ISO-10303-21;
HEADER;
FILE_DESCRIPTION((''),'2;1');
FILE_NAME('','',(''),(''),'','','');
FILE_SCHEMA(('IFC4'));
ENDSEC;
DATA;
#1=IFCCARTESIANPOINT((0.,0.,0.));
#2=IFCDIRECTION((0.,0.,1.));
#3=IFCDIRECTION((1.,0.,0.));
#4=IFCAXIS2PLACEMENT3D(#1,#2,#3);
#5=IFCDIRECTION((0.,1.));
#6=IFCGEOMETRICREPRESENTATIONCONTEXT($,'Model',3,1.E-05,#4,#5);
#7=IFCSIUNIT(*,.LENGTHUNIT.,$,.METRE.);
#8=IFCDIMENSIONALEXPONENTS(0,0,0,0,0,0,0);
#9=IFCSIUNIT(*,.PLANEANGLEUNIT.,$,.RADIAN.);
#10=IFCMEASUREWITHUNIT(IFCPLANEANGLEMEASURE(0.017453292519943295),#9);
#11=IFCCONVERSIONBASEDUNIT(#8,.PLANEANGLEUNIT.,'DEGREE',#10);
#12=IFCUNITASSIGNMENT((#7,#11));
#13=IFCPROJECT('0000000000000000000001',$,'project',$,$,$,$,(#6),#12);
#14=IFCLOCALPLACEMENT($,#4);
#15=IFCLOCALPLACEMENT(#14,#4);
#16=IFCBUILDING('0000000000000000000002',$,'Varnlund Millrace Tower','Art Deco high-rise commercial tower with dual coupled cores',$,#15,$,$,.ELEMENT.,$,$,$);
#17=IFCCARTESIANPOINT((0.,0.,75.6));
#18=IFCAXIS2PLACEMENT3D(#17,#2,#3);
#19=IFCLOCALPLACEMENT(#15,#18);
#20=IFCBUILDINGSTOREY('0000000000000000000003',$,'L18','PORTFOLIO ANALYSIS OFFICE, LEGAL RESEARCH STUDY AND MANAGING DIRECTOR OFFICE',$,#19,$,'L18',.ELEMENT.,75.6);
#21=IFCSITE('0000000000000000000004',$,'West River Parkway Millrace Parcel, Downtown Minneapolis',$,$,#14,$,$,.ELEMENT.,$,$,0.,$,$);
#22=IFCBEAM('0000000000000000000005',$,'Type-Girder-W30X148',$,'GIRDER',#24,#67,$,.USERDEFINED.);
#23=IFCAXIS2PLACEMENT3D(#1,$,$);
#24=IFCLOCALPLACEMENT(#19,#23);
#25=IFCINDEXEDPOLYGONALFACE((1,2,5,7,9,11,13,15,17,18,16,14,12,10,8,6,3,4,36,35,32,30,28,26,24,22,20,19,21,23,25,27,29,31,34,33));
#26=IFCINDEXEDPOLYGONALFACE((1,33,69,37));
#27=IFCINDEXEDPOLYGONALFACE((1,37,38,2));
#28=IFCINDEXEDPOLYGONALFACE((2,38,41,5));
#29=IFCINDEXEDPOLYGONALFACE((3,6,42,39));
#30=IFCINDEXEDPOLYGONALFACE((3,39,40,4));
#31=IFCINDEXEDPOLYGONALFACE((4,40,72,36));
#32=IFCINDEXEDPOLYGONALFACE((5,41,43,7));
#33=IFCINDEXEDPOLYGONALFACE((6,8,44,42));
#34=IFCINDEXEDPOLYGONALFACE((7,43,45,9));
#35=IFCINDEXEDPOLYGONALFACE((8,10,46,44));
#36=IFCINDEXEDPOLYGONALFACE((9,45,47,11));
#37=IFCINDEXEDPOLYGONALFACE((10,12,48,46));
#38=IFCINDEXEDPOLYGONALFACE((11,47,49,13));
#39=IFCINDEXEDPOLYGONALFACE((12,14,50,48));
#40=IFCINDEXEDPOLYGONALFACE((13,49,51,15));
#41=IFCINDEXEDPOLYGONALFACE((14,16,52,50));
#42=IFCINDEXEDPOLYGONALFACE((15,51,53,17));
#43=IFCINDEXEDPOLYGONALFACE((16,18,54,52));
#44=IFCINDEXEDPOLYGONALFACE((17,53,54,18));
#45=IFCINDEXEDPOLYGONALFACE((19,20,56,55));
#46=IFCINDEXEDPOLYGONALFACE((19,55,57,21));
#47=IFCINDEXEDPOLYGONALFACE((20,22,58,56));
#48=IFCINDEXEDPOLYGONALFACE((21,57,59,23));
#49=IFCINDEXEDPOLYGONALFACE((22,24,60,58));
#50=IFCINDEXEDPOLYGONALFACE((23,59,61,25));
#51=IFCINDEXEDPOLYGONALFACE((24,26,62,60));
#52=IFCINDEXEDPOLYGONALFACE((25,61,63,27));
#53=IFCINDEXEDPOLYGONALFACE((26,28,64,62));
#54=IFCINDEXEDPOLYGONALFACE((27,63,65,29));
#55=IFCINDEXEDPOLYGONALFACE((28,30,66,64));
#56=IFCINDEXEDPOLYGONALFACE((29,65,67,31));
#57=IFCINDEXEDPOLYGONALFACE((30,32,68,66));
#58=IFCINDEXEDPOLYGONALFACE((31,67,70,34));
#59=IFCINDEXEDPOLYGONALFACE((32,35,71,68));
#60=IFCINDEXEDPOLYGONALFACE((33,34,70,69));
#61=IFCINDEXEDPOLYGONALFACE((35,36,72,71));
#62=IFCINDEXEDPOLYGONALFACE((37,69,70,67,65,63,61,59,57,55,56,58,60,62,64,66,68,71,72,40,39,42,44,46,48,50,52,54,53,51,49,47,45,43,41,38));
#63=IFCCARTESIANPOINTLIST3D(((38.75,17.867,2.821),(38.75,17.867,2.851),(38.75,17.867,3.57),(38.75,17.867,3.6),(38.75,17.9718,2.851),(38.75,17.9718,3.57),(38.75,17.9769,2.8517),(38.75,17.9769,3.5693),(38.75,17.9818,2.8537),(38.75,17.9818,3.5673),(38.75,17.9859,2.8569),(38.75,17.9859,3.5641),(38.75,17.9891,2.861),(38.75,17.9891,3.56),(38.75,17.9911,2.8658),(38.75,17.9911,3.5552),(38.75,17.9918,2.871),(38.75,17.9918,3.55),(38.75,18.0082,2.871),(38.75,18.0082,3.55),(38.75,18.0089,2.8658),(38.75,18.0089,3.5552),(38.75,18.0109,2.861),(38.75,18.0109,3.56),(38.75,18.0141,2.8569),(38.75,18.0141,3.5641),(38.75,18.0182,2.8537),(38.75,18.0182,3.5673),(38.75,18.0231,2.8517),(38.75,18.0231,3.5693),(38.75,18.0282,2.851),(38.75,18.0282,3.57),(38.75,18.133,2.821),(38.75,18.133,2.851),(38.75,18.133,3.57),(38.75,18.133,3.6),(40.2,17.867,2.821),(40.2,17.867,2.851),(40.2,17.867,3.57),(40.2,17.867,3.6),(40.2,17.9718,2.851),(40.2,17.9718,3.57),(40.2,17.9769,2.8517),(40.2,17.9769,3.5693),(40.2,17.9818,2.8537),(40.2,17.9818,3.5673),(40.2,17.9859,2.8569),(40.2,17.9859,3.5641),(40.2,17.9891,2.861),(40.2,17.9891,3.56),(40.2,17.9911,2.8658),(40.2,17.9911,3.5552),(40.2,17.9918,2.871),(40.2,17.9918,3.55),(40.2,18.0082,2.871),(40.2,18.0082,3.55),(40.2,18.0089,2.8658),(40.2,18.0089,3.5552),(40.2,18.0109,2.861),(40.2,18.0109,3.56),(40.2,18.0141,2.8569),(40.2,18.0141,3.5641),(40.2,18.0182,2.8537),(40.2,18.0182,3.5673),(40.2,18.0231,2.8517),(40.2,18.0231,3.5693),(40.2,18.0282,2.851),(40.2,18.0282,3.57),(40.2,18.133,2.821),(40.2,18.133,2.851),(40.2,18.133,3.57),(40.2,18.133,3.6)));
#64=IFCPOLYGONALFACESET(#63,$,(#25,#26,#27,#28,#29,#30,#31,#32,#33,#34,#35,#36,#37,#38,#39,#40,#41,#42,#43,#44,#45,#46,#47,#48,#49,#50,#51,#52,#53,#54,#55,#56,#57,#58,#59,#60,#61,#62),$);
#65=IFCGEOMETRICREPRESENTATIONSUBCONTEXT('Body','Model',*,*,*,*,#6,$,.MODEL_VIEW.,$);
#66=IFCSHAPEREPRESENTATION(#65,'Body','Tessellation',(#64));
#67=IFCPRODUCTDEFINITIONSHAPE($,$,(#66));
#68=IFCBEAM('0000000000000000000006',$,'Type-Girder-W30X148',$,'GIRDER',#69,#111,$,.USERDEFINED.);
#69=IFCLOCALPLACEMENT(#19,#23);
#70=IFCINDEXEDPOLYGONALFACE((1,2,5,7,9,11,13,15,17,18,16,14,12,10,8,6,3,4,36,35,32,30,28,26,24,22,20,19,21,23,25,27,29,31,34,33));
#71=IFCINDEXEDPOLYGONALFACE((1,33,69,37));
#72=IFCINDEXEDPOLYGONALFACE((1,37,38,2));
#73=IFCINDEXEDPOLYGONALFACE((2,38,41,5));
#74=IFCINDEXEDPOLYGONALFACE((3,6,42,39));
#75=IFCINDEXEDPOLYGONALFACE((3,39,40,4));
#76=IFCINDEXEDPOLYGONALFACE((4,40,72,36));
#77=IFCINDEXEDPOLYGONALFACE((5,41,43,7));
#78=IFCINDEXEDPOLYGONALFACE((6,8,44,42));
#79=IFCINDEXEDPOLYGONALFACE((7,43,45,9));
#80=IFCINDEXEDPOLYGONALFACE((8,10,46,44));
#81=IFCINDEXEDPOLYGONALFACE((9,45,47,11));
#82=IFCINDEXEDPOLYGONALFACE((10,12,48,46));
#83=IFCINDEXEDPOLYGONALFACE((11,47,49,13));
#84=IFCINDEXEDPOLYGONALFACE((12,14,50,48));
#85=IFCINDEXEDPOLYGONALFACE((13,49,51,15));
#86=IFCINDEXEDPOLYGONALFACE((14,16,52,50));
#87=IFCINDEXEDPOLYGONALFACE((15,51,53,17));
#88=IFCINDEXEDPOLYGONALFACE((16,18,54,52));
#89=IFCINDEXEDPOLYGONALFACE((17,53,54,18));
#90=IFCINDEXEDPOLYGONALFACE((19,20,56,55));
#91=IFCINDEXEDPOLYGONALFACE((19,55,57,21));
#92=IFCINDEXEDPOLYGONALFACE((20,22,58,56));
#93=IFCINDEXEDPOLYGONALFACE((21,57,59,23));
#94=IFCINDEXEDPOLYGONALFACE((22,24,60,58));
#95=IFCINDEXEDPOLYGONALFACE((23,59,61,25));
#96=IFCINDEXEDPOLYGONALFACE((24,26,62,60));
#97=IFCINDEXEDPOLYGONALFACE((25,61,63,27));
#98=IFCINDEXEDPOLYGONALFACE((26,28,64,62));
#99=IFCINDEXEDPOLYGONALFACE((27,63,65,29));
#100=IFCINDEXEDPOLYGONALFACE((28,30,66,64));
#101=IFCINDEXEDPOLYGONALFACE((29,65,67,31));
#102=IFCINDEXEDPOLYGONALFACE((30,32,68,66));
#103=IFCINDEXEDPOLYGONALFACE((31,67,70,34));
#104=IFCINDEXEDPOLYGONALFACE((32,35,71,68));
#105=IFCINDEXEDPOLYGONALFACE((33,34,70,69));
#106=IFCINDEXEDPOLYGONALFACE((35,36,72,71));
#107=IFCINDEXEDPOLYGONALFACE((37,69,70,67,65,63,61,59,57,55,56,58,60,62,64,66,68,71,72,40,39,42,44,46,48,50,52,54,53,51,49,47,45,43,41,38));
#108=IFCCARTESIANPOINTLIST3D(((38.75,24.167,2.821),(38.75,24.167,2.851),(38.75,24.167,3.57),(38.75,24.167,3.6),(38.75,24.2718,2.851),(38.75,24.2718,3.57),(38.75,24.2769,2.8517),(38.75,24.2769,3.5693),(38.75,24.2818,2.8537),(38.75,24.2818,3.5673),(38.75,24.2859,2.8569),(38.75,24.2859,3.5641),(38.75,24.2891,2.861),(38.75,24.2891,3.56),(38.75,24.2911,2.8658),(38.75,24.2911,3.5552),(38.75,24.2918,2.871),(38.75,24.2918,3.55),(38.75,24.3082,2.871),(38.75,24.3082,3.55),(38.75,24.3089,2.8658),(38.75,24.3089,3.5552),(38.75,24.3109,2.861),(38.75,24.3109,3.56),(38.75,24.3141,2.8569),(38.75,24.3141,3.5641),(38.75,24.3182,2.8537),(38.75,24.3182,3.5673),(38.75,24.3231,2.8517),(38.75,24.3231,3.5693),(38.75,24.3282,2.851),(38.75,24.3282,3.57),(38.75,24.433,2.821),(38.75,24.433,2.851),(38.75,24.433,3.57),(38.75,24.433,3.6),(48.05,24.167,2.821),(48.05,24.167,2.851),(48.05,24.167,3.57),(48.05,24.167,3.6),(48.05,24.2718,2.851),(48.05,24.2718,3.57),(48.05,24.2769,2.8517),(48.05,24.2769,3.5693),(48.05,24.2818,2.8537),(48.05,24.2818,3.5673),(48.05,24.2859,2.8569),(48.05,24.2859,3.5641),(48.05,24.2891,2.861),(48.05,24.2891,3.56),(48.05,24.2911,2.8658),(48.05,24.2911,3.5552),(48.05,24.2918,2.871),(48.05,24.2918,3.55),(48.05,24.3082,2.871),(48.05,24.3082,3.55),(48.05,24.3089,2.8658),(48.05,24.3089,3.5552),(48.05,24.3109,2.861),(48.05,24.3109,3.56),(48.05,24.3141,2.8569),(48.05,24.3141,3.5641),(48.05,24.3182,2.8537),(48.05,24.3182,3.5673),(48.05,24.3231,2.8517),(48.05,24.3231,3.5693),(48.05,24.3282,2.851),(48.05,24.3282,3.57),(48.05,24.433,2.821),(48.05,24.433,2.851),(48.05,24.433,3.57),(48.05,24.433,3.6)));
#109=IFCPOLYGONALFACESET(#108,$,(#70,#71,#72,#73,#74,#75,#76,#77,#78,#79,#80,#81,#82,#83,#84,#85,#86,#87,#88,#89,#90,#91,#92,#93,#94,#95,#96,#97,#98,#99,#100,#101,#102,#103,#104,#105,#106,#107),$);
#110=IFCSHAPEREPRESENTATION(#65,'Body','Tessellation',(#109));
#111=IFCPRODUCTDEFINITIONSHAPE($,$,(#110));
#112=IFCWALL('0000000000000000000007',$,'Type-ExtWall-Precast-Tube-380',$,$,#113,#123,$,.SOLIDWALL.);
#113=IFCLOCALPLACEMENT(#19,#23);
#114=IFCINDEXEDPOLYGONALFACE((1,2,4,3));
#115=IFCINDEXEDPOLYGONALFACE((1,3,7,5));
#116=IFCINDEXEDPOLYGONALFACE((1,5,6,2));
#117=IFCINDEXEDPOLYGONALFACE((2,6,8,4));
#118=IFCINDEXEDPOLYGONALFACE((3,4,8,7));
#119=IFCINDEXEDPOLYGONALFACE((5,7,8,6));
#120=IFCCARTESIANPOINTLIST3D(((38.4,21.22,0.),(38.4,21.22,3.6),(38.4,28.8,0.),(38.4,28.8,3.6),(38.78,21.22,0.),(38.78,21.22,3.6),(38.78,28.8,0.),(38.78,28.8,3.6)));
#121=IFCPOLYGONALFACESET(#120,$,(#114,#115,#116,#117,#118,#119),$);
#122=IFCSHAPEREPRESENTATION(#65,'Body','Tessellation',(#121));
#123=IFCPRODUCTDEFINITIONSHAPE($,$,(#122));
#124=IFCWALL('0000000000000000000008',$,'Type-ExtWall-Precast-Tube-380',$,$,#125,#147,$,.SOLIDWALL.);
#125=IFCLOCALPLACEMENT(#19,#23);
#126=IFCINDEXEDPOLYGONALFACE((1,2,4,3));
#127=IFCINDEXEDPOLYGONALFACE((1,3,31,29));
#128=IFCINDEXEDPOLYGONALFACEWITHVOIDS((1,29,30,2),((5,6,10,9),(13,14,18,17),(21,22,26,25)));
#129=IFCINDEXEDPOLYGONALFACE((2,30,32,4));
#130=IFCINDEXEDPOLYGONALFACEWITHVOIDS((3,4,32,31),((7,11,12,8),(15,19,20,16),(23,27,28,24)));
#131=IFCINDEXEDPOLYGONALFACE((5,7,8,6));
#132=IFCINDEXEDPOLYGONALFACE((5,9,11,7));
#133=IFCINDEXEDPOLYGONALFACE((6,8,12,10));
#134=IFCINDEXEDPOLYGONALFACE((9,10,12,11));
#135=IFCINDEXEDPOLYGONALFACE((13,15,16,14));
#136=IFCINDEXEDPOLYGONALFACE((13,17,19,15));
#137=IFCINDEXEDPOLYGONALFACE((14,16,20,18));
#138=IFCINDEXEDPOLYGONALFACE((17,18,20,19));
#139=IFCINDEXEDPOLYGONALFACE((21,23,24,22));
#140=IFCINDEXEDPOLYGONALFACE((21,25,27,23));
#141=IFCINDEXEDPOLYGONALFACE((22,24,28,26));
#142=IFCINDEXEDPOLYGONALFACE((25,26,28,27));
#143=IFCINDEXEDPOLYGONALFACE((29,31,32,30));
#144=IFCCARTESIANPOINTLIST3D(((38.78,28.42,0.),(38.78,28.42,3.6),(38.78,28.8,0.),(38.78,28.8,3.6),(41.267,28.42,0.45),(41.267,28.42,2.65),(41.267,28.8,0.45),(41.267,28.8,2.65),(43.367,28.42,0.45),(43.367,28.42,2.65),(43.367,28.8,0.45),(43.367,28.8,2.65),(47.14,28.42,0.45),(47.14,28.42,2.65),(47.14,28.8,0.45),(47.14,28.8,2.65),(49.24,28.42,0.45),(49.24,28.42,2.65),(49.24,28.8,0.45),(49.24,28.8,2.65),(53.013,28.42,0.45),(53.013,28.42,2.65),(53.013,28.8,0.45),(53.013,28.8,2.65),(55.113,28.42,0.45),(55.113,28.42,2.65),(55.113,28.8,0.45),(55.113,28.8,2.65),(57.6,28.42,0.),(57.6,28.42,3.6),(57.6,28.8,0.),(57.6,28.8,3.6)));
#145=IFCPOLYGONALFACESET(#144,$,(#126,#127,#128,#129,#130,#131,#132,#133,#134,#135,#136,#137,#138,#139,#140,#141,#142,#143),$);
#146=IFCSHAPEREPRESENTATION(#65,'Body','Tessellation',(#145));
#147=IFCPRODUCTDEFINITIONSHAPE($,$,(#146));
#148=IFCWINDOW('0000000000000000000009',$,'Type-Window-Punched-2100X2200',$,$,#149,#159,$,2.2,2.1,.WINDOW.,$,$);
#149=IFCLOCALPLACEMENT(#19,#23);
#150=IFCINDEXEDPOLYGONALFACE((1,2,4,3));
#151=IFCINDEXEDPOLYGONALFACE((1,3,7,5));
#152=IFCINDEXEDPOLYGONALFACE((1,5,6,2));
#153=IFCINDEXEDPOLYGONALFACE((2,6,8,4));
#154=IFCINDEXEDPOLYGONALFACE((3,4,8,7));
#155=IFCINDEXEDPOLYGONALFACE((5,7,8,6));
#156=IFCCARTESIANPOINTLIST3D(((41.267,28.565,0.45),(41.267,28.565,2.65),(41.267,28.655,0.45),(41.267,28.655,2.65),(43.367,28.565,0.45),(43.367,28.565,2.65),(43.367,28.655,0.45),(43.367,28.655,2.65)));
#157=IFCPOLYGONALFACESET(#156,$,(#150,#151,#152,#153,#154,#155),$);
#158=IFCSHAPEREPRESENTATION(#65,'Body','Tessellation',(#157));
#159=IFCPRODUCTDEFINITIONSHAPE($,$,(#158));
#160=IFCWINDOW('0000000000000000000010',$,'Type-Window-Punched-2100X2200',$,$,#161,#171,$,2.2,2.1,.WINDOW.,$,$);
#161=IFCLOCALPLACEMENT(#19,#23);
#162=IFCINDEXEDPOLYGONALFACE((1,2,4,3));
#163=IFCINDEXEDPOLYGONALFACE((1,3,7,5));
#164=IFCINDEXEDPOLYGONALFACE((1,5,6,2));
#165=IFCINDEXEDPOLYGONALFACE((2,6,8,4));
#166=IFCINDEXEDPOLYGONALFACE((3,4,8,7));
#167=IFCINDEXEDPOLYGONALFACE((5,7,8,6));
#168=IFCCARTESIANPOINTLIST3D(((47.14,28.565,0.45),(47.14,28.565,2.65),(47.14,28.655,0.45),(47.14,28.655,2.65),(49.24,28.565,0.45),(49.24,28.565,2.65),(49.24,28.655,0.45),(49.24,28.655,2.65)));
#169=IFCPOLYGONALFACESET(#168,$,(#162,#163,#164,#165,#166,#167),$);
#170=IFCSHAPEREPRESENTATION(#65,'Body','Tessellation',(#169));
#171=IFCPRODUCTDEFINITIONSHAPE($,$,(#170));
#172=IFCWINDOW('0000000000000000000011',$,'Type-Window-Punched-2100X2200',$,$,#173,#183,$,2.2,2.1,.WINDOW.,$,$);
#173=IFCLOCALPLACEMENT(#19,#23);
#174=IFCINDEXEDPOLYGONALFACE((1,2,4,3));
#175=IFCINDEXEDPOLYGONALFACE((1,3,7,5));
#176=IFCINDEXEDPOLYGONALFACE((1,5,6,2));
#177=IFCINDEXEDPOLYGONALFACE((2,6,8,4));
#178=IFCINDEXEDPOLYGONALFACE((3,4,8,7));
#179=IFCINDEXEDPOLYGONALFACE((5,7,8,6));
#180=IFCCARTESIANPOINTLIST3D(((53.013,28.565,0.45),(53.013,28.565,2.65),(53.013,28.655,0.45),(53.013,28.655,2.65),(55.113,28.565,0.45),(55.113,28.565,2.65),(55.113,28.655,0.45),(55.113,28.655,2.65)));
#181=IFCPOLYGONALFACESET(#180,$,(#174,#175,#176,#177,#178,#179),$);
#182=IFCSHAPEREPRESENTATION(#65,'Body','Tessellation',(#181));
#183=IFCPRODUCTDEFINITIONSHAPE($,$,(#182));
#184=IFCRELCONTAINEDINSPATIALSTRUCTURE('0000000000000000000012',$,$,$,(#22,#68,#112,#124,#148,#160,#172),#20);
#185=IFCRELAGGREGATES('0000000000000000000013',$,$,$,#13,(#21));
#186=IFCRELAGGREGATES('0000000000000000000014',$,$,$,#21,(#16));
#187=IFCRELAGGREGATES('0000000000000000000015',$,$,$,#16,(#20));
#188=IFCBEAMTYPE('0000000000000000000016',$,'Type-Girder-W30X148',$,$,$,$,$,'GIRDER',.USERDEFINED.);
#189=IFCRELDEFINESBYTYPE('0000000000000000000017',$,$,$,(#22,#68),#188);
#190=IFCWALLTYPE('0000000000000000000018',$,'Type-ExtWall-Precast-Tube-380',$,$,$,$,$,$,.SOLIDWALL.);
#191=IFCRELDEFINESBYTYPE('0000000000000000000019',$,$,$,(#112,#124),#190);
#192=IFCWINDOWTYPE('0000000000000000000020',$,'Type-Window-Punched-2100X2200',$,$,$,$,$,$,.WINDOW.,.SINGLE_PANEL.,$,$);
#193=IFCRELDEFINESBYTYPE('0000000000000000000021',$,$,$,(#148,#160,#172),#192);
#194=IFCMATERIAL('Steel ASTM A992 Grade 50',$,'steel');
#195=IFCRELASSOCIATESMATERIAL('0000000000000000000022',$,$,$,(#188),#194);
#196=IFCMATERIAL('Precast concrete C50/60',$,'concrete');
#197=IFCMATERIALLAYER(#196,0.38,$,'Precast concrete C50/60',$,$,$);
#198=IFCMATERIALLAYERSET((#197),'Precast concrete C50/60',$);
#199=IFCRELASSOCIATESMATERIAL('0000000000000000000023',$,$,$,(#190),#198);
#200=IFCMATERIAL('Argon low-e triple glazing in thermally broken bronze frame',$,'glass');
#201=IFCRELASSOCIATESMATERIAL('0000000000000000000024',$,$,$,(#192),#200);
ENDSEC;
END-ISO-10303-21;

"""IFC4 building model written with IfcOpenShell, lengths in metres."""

from ifc_helpers import new_model, entity, si_unit, converted_unit, direction, frame, origin_with_axes, origin_2d_with_axis, place, context, subcontext, project, spatial, polyline, rectangle, i_section, outline, extrude, material, layer, layer_set, material_profile, profile_set, type_object, element, fill, save


model = new_model("IFC4")

# Units and contexts
model_context = context("Model", 3, precision=1e-05, world=origin_with_axes(), true_north=direction((0.0, 1.0)))
body_context = subcontext(model_context, "Body", "Model", "MODEL_VIEW")
ifc_project = project(units=[si_unit("LENGTHUNIT", "METRE"), converted_unit("PLANEANGLEUNIT", "DEGREE", entity("IfcPlaneAngleMeasure", 0.017453292519943295), si_unit("PLANEANGLEUNIT", "RADIAN"), dimensions=[0, 0, 0, 0, 0, 0, 0])], contexts=[model_context])

# Site, building, storey
site_placement = place(None, origin_with_axes())
site = spatial("IfcSite", under=ifc_project, at=site_placement, Name="West River Parkway Millrace Parcel, Downtown Minneapolis", CompositionType="ELEMENT", RefElevation=0.0)
building_placement = place(site_placement, origin_with_axes())
building = spatial("IfcBuilding", under=site, at=building_placement, Name="Varnlund Millrace Tower", Description="Art Deco high-rise commercial tower with dual coupled cores", CompositionType="ELEMENT")
storey_placement = place(building_placement, frame((0.0, 0.0, 75.6), z_axis=(0.0, 0.0, 1.0), x_axis=(1.0, 0.0, 0.0)))
storey = spatial("IfcBuildingStorey", under=building, at=storey_placement, Name="L18", Description="PORTFOLIO ANALYSIS OFFICE, LEGAL RESEARCH STUDY AND MANAGING DIRECTOR OFFICE", LongName="L18", CompositionType="ELEMENT", Elevation=75.6)

# Beams
ifc_material_1 = material(Name="Steel ASTM A992 Grade 50", Category="steel")
ifc_material_profile_1 = material_profile(ifc_material_1, i_section(OverallWidth=0.266, OverallDepth=0.779, WebThickness=0.0165, FlangeThickness=0.03, FilletRadius=0.02, at=origin_2d_with_axis()), Name="Steel ASTM A992 Grade 50")
ifc_profile_set_1 = profile_set([ifc_material_profile_1], Name="Steel ASTM A992 Grade 50")
beam_type_1 = type_object("IfcBeamType", Name="Type-Girder-W30X148", ElementType="GIRDER", PredefinedType="USERDEFINED", material=ifc_profile_set_1)
beam_1_placement = place(storey_placement, frame((38.75, 18.0, 3.2105), z_axis=(1.0, 0.0, 0.0), x_axis=(0.0, 1.0, 0.0)))
element("IfcBeam", 1, at=beam_1_placement, inside=storey, type_object=beam_type_1, Name="Type-Girder-W30X148", ObjectType="GIRDER", PredefinedType="USERDEFINED", context=body_context, shape_type="SweptSolid", body=[
    extrude(i_section(OverallWidth=0.266, OverallDepth=0.779, WebThickness=0.0165, FlangeThickness=0.03, FilletRadius=0.02, at=origin_2d_with_axis()), origin_with_axes(), (0.0, 0.0, 1.0), 1.45),
])
beam_2_placement = place(storey_placement, frame((38.75, 24.3, 3.2105), z_axis=(1.0, 0.0, 0.0), x_axis=(0.0, 1.0, 0.0)))
element("IfcBeam", 2, at=beam_2_placement, inside=storey, type_object=beam_type_1, Name="Type-Girder-W30X148", ObjectType="GIRDER", PredefinedType="USERDEFINED", context=body_context, shape_type="SweptSolid", body=[
    extrude(i_section(OverallWidth=0.266, OverallDepth=0.779, WebThickness=0.0165, FlangeThickness=0.03, FilletRadius=0.02, at=origin_2d_with_axis()), origin_with_axes(), (0.0, 0.0, 1.0), 9.3),
])

# Wall
ifc_material_2 = material(Name="Precast concrete C50/60", Category="concrete")
ifc_layer_1 = layer(ifc_material_2, 0.38, Name="Precast concrete C50/60")
ifc_layer_set_1 = layer_set([ifc_layer_1], Name="Precast concrete C50/60")
wall_type_1 = type_object("IfcWallType", Name="Type-ExtWall-Precast-Tube-380", PredefinedType="SOLIDWALL", material=ifc_layer_set_1)
wall_1_placement = place(storey_placement, frame((38.59, 21.22, 0.0), z_axis=(0.0, 0.0, 1.0), x_axis=(0.0, 1.0, 0.0)))
element("IfcWall", 3, at=wall_1_placement, inside=storey, type_object=wall_type_1, Name="Type-ExtWall-Precast-Tube-380", PredefinedType="SOLIDWALL", context=body_context, shape_type="SweptSolid", body=[
    extrude(outline(polyline([(0.0, -0.19), (7.58, -0.19), (7.58, 0.19), (0.0, 0.19), (0.0, -0.19)])), origin_with_axes(), (0.0, 0.0, 1.0), 3.6),
])

# Wall, openings, windows
wall_2_placement = place(storey_placement, frame((38.78, 28.61, 0.0), z_axis=(0.0, 0.0, 1.0), x_axis=(1.0, 0.0, 0.0)))
wall_2 = element("IfcWall", 4, at=wall_2_placement, inside=storey, type_object=wall_type_1, Name="Type-ExtWall-Precast-Tube-380", PredefinedType="SOLIDWALL", context=body_context, shape_type="SweptSolid", body=[
    extrude(outline(polyline([(0.0, -0.19), (18.82, -0.19), (18.82, 0.19), (0.0, 0.19), (0.0, -0.19)])), origin_with_axes(), (0.0, 0.0, 1.0), 3.6),
])
opening_1_placement = place(wall_2_placement, frame((3.537, 0.0, 0.45), z_axis=(0.0, 0.0, 1.0), x_axis=(1.0, 0.0, 0.0)))
opening_1 = element("IfcOpeningElement", 5, at=opening_1_placement, cuts=wall_2, PredefinedType="OPENING", context=body_context, shape_type="SweptSolid", body=[
    extrude(rectangle(XDim=2.1, YDim=0.4, at=origin_2d_with_axis()), origin_with_axes(), (0.0, 0.0, 1.0), 2.2),
])
opening_2_placement = place(wall_2_placement, frame((9.41, 0.0, 0.45), z_axis=(0.0, 0.0, 1.0), x_axis=(1.0, 0.0, 0.0)))
opening_2 = element("IfcOpeningElement", 6, at=opening_2_placement, cuts=wall_2, PredefinedType="OPENING", context=body_context, shape_type="SweptSolid", body=[
    extrude(rectangle(XDim=2.1, YDim=0.4, at=origin_2d_with_axis()), origin_with_axes(), (0.0, 0.0, 1.0), 2.2),
])
opening_3_placement = place(wall_2_placement, frame((15.283, 0.0, 0.45), z_axis=(0.0, 0.0, 1.0), x_axis=(1.0, 0.0, 0.0)))
opening_3 = element("IfcOpeningElement", 7, at=opening_3_placement, cuts=wall_2, PredefinedType="OPENING", context=body_context, shape_type="SweptSolid", body=[
    extrude(rectangle(XDim=2.1, YDim=0.4, at=origin_2d_with_axis()), origin_with_axes(), (0.0, 0.0, 1.0), 2.2),
])
ifc_material_3 = material(Name="Argon low-e triple glazing in thermally broken bronze frame", Category="glass")
window_type = type_object("IfcWindowType", Name="Type-Window-Punched-2100X2200", PartitioningType="SINGLE_PANEL", PredefinedType="WINDOW", material=ifc_material_3)
window_1_placement = place(wall_2_placement, frame((3.537, 0.0, 0.45), z_axis=(0.0, 0.0, 1.0), x_axis=(1.0, 0.0, 0.0)))
window_1 = element("IfcWindow", 8, at=window_1_placement, inside=storey, type_object=window_type, Name="Type-Window-Punched-2100X2200", OverallHeight=2.2, OverallWidth=2.1, PredefinedType="WINDOW", context=body_context, shape_type="SweptSolid", body=[
    extrude(rectangle(XDim=2.1, YDim=0.09, at=origin_2d_with_axis()), origin_with_axes(), (0.0, 0.0, 1.0), 2.2),
])
fill(opening_1, window_1)
window_2_placement = place(wall_2_placement, frame((9.41, 0.0, 0.45), z_axis=(0.0, 0.0, 1.0), x_axis=(1.0, 0.0, 0.0)))
window_2 = element("IfcWindow", 9, at=window_2_placement, inside=storey, type_object=window_type, Name="Type-Window-Punched-2100X2200", OverallHeight=2.2, OverallWidth=2.1, PredefinedType="WINDOW", context=body_context, shape_type="SweptSolid", body=[
    extrude(rectangle(XDim=2.1, YDim=0.09, at=origin_2d_with_axis()), origin_with_axes(), (0.0, 0.0, 1.0), 2.2),
])
fill(opening_2, window_2)
window_3_placement = place(wall_2_placement, frame((15.283, 0.0, 0.45), z_axis=(0.0, 0.0, 1.0), x_axis=(1.0, 0.0, 0.0)))
window_3 = element("IfcWindow", 10, at=window_3_placement, inside=storey, type_object=window_type, Name="Type-Window-Punched-2100X2200", OverallHeight=2.2, OverallWidth=2.1, PredefinedType="WINDOW", context=body_context, shape_type="SweptSolid", body=[
    extrude(rectangle(XDim=2.1, YDim=0.09, at=origin_2d_with_axis()), origin_with_axes(), (0.0, 0.0, 1.0), 2.2),
])
fill(opening_3, window_3)

save(model, "model.ifc")
